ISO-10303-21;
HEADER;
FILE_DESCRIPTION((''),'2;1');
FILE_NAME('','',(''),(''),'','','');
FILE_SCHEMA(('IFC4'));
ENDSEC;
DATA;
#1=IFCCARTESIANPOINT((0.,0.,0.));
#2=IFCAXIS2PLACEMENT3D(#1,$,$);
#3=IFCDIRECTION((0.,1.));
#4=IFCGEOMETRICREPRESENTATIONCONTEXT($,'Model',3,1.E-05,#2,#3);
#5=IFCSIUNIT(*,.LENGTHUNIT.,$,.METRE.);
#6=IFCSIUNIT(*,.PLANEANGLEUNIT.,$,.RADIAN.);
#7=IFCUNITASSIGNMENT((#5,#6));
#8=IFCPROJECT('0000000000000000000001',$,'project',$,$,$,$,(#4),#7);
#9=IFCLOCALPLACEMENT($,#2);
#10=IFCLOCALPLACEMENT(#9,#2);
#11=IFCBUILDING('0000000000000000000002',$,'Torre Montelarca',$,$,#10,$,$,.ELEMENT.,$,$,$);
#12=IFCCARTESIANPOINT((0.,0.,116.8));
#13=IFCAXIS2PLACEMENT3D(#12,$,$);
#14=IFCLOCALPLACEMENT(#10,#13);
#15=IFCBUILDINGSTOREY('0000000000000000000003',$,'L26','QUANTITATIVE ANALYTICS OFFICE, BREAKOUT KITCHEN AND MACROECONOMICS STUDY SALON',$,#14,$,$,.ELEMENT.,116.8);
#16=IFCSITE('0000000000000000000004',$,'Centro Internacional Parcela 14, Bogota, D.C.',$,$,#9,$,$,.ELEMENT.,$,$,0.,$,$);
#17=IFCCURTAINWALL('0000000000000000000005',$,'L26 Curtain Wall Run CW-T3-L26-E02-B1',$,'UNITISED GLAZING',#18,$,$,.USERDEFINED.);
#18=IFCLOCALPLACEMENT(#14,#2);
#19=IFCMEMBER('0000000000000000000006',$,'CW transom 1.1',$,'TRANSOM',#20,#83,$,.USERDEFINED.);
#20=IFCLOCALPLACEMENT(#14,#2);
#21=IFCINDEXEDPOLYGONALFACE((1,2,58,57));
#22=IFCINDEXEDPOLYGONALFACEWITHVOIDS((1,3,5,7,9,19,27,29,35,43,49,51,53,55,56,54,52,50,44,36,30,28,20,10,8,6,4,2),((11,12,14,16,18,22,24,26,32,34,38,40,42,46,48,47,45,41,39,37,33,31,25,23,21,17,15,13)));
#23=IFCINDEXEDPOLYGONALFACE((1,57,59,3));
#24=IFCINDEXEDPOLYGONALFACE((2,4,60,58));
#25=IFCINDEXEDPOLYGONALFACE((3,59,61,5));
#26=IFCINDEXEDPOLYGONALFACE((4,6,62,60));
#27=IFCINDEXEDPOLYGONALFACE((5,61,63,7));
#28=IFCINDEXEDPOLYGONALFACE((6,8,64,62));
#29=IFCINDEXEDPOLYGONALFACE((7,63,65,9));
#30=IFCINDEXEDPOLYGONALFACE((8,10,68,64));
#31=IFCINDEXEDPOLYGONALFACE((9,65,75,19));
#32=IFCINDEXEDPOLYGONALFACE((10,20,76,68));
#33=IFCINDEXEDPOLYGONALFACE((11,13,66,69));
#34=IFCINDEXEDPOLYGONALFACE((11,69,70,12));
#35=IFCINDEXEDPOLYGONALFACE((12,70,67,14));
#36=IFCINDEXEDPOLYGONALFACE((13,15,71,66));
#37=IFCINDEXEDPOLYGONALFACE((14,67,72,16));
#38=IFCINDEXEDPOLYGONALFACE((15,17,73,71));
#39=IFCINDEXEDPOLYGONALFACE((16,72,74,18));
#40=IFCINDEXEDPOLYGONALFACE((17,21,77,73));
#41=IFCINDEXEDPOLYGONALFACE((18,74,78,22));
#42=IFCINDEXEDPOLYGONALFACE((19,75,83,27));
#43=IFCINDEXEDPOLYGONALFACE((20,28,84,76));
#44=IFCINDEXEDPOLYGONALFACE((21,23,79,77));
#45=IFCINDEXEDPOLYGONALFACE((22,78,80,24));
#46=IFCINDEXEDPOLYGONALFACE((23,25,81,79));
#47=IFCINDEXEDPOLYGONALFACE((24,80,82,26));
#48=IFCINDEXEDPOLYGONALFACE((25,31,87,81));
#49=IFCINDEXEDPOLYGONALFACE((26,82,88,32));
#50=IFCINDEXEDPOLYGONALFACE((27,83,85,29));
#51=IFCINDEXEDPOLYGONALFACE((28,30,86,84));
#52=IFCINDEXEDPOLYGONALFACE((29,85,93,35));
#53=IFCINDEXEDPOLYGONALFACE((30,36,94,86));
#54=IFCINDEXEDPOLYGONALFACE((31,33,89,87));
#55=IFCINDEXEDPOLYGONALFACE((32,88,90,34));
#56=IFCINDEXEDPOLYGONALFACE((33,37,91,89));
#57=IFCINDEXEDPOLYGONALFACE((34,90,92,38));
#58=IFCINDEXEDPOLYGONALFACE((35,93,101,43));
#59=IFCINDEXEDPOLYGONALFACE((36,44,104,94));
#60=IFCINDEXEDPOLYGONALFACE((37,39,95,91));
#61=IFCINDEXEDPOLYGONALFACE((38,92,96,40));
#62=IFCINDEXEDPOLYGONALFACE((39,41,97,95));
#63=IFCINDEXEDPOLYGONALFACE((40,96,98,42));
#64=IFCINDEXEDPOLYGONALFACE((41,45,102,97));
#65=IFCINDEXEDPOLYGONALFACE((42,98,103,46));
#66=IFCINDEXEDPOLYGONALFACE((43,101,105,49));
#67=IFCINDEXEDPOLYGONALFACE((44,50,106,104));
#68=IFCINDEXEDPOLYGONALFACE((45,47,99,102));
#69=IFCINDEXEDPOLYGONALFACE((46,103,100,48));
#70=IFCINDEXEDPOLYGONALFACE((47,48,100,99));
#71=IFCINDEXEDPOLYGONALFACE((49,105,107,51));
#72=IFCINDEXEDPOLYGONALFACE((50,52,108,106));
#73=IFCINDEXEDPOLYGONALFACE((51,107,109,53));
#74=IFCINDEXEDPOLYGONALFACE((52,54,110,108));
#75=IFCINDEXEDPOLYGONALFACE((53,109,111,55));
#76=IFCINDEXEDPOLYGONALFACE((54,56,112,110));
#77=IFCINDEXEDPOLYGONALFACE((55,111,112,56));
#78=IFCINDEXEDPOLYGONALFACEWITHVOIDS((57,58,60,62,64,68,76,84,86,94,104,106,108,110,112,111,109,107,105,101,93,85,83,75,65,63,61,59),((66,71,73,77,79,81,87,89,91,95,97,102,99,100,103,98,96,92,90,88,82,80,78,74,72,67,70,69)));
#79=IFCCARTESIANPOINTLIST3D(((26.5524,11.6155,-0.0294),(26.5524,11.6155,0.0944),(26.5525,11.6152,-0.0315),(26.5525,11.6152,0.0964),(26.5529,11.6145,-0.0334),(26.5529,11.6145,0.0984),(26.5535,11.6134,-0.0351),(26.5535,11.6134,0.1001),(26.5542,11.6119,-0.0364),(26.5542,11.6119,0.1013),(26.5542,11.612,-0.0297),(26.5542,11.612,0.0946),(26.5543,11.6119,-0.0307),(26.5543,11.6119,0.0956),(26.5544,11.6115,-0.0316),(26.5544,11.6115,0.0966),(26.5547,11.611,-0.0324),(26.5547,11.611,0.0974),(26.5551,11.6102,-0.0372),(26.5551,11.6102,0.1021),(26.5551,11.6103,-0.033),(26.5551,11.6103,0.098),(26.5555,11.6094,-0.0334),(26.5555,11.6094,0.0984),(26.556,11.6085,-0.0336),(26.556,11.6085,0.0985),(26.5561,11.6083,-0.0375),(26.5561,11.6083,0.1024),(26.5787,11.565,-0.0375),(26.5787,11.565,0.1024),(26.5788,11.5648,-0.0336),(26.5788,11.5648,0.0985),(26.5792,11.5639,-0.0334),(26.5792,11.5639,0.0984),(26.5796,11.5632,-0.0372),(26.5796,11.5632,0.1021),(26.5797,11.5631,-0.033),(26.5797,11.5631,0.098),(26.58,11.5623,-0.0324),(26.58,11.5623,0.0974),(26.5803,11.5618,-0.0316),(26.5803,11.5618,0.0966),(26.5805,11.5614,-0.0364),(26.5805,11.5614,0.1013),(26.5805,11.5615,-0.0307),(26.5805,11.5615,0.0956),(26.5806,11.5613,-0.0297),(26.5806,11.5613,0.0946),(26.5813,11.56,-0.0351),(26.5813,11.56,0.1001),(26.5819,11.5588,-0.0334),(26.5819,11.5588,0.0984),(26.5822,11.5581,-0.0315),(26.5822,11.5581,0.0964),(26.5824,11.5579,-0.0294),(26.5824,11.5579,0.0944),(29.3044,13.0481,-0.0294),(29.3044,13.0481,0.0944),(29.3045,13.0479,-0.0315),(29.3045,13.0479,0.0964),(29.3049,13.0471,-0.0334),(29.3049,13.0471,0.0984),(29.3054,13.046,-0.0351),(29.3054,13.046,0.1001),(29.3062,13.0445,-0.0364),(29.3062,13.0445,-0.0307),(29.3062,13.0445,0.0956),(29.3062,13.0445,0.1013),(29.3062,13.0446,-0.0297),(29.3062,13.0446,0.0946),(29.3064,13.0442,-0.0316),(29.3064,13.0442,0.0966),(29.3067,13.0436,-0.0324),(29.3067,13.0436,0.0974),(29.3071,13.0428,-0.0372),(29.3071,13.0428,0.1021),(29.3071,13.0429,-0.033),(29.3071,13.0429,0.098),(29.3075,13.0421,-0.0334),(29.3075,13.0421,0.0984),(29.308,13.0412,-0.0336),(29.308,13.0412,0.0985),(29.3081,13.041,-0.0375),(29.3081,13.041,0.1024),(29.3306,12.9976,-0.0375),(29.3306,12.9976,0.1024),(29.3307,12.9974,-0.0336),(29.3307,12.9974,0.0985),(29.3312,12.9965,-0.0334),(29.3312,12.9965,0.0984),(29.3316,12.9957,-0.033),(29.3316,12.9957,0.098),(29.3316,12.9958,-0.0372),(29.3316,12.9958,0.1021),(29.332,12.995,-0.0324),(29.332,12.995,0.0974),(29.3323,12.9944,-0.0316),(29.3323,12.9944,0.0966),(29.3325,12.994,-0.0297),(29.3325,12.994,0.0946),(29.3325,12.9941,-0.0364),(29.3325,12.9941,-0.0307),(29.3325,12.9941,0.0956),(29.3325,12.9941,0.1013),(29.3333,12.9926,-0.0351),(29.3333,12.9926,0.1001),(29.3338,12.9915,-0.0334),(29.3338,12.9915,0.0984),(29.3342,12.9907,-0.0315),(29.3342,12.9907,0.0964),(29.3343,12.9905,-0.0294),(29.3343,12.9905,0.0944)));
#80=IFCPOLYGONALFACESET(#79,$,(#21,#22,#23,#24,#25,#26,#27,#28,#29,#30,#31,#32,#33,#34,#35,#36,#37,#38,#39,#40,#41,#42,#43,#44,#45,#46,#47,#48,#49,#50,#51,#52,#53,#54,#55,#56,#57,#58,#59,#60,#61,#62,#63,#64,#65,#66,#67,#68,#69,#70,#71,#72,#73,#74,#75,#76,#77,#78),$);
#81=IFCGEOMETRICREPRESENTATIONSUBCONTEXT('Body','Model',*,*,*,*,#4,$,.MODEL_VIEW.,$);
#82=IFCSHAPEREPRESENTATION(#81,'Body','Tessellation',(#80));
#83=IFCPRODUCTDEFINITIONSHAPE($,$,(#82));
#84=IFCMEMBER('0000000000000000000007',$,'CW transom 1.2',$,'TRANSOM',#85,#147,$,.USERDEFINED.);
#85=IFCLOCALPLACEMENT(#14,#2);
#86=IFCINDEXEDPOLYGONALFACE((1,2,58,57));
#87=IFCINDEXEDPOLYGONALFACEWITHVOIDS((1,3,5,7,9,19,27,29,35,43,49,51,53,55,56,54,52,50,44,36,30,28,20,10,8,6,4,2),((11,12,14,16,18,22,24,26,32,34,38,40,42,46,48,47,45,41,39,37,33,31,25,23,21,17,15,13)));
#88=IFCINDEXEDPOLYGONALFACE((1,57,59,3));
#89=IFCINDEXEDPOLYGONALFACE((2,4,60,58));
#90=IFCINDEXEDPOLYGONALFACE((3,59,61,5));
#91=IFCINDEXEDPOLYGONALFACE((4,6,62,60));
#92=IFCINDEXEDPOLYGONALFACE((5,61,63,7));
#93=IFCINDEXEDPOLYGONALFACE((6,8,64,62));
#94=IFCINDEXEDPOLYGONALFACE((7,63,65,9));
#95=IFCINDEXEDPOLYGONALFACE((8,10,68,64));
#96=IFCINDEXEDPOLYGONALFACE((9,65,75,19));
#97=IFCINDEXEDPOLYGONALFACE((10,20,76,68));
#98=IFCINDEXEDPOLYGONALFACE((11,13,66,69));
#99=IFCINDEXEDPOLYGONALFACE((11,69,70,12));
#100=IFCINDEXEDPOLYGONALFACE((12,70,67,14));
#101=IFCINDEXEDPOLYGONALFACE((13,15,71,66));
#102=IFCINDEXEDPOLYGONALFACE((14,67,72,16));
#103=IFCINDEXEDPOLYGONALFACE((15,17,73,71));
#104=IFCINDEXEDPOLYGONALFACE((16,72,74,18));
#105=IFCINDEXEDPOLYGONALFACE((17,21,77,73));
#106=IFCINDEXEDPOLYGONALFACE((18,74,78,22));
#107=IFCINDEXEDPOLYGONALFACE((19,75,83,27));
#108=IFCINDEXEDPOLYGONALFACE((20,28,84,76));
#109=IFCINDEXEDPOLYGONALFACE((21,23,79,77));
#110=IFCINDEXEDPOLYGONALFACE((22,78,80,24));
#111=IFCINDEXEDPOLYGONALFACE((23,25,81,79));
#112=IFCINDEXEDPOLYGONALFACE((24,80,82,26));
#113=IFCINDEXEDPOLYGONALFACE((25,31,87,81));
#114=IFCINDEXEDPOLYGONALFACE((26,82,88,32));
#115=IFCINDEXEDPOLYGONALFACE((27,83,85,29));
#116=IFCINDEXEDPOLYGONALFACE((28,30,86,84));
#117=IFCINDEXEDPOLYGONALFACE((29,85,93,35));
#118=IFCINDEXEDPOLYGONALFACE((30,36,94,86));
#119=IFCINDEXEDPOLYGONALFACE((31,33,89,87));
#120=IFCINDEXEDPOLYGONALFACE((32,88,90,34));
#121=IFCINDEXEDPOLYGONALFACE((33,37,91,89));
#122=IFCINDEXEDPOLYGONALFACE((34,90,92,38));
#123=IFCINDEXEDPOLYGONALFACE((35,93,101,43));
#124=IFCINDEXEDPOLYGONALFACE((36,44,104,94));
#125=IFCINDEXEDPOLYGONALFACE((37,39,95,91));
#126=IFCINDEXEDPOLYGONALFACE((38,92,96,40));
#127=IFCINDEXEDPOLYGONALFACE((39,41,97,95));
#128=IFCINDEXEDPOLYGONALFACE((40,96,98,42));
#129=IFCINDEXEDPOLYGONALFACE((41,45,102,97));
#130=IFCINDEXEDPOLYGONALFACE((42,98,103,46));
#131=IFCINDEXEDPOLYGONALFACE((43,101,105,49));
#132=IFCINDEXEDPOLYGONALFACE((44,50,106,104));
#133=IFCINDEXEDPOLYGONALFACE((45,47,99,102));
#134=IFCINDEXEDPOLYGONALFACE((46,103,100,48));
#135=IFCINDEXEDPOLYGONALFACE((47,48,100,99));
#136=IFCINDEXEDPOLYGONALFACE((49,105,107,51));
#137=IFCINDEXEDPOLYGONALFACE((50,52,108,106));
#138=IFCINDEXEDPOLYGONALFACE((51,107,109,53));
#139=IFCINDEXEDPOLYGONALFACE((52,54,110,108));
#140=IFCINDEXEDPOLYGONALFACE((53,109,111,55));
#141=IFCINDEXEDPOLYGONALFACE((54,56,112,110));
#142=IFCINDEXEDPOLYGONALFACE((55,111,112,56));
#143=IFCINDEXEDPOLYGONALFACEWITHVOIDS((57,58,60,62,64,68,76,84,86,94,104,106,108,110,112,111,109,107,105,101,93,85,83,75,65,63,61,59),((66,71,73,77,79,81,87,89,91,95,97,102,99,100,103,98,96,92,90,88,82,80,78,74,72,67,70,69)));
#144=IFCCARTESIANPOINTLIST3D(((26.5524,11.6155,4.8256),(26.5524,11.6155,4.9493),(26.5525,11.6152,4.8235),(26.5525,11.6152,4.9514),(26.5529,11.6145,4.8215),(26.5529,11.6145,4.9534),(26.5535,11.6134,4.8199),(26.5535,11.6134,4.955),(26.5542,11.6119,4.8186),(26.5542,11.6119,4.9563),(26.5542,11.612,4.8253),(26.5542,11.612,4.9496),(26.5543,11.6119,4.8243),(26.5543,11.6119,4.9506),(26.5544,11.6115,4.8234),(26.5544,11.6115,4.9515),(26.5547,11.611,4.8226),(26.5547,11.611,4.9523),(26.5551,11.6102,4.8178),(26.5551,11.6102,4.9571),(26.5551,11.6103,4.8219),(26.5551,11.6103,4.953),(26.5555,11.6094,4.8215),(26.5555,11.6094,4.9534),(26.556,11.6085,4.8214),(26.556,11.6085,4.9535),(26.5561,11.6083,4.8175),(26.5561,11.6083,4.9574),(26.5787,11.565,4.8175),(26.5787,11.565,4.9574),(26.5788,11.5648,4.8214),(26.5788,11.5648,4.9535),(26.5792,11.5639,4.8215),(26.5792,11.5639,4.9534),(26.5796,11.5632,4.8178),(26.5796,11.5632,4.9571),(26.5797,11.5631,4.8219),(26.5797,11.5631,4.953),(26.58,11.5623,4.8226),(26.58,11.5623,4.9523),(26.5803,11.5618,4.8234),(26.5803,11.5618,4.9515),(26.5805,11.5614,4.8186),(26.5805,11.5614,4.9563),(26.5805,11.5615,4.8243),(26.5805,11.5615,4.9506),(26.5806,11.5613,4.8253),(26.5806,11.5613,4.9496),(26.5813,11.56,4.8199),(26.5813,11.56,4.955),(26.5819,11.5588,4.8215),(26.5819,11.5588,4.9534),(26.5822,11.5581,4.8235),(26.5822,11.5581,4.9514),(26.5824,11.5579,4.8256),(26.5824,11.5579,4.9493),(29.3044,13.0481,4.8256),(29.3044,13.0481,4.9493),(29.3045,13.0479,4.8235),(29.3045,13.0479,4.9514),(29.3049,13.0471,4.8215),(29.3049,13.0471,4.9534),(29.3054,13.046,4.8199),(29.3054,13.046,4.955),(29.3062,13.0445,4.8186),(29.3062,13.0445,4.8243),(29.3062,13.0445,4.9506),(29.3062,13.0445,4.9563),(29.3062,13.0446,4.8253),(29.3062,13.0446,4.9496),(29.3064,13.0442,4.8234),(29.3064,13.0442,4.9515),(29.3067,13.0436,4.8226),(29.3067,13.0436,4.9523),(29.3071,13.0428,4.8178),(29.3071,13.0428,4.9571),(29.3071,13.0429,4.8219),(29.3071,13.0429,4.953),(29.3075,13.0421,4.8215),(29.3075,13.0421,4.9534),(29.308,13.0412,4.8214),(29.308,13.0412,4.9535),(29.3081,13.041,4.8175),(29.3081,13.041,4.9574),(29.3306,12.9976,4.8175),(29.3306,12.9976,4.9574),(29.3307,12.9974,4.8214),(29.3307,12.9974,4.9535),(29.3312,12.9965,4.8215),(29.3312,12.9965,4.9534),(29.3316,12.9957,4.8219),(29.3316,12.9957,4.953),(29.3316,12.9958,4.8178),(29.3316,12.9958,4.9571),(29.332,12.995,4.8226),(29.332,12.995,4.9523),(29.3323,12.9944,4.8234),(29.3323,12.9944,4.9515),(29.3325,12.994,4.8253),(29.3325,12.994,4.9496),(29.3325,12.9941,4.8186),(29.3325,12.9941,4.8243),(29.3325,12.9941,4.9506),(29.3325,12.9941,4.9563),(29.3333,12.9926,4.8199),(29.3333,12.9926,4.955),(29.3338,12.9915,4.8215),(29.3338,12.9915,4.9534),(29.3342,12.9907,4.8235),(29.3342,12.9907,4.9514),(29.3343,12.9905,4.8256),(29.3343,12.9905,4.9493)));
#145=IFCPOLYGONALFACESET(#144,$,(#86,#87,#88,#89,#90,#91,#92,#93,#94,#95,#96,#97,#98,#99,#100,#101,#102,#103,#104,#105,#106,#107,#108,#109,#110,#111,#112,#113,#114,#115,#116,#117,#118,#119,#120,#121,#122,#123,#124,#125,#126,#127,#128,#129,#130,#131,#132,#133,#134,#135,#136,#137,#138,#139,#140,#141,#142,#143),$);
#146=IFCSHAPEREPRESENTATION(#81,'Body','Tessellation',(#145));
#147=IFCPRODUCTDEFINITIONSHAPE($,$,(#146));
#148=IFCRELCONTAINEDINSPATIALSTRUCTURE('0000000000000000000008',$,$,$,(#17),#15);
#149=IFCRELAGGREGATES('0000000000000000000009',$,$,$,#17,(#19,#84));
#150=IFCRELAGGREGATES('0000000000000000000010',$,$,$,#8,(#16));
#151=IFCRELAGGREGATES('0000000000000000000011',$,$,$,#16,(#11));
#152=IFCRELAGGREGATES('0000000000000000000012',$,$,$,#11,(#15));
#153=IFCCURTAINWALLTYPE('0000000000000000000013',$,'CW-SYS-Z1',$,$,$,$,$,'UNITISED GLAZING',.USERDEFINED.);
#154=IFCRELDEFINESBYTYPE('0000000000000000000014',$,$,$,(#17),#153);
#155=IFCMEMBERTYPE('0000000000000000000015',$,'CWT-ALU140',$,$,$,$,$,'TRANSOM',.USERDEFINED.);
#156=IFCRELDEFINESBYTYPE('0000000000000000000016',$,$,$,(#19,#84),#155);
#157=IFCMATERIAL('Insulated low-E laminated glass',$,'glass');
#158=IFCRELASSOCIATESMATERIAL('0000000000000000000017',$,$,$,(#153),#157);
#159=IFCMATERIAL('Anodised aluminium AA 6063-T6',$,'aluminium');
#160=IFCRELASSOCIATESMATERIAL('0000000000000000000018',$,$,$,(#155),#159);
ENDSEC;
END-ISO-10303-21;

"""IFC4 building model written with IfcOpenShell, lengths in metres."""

from ifc_helpers import new_model, si_unit, direction, frame, origin, origin_2d, place, context, subcontext, project, spatial, hollow_rectangle, extrude, source, transform, mapped, material, material_profile, profile_set, type_object, element, aggregate, save


model = new_model("IFC4")

# Units and contexts
model_context = context("Model", 3, precision=1e-05, world=origin(), true_north=direction((0.0, 1.0)))
body_context = subcontext(model_context, "Body", "Model", "MODEL_VIEW")
ifc_project = project(units=[si_unit("LENGTHUNIT", "METRE"), si_unit("PLANEANGLEUNIT", "RADIAN")], contexts=[model_context])

# Site, building, storey
site_placement = place(None, origin())
site = spatial("IfcSite", under=ifc_project, at=site_placement, Name="Centro Internacional Parcela 14, Bogota, D.C.", CompositionType="ELEMENT", RefElevation=0.0)
building_placement = place(site_placement, origin())
building = spatial("IfcBuilding", under=site, at=building_placement, Name="Torre Montelarca", CompositionType="ELEMENT")
storey_placement = place(building_placement, frame((0.0, 0.0, 116.8)))
storey = spatial("IfcBuildingStorey", under=building, at=storey_placement, Name="L26", Description="QUANTITATIVE ANALYTICS OFFICE, BREAKOUT KITCHEN AND MACROECONOMICS STUDY SALON", CompositionType="ELEMENT", Elevation=116.8)

# Curtain wall, members
ifc_material_1 = material(Name="Insulated low-E laminated glass", Category="glass")
curtain_wall_type = type_object("IfcCurtainWallType", Name="CW-SYS-Z1", ElementType="UNITISED GLAZING", PredefinedType="USERDEFINED", material=ifc_material_1)
ifc_material_2 = material(Name="Anodised aluminium AA 6063-T6", Category="aluminium")
ifc_material_profile_1 = material_profile(ifc_material_2, hollow_rectangle(XDim=0.0649, YDim=0.1399, WallThickness=0.0039, InnerFilletRadius=0.0039, OuterFilletRadius=0.0081, at=origin_2d()), Name="ALU65X140X4", Category="aluminium")
ifc_profile_set_1 = profile_set([ifc_material_profile_1], Name="Anodised aluminium AA 6063-T6")
member_type_1 = type_object("IfcMemberType", Name="CWT-ALU140", ElementType="TRANSOM", PredefinedType="USERDEFINED", material=ifc_profile_set_1)
curtain_wall_1_placement = place(storey_placement, origin())
curtain_wall_1 = element("IfcCurtainWall", 1, at=curtain_wall_1_placement, inside=storey, type_object=curtain_wall_type, Name="L26 Curtain Wall Run CW-T3-L26-E02-B1", ObjectType="UNITISED GLAZING", PredefinedType="USERDEFINED")
shared_shape_1 = source(origin(), body_context, "Body", "SweptSolid", [
    extrude(hollow_rectangle(XDim=0.0649, YDim=0.1399, WallThickness=0.0039, InnerFilletRadius=0.0039, OuterFilletRadius=0.0081, at=origin_2d()), origin(), (0.0, 0.0, 1.0), 3.1025),
])
member_1_placement = place(storey_placement, frame((26.5674, 11.5867, 0.0325), z_axis=(0.887005, 0.461759, 0.0), x_axis=(-0.461759, 0.887005, 0.0)))
member_1 = element("IfcMember", 2, at=member_1_placement, type_object=member_type_1, Name="CW transom 1.1", ObjectType="TRANSOM", PredefinedType="USERDEFINED", context=body_context, shape_type="MappedRepresentation", body=[
    mapped(shared_shape_1, transform((0.0, 0.0, 0.0), scale=1.0)),
])
member_2_placement = place(storey_placement, frame((26.5674, 11.5867, 4.8875), z_axis=(0.887005, 0.461759, 0.0), x_axis=(-0.461759, 0.887005, 0.0)))
member_2 = element("IfcMember", 3, at=member_2_placement, type_object=member_type_1, Name="CW transom 1.2", ObjectType="TRANSOM", PredefinedType="USERDEFINED", context=body_context, shape_type="MappedRepresentation", body=[
    mapped(shared_shape_1, transform((0.0, 0.0, 0.0), scale=1.0)),
])

aggregate(curtain_wall_1, [member_1, member_2])

save(model, "model.ifc")
